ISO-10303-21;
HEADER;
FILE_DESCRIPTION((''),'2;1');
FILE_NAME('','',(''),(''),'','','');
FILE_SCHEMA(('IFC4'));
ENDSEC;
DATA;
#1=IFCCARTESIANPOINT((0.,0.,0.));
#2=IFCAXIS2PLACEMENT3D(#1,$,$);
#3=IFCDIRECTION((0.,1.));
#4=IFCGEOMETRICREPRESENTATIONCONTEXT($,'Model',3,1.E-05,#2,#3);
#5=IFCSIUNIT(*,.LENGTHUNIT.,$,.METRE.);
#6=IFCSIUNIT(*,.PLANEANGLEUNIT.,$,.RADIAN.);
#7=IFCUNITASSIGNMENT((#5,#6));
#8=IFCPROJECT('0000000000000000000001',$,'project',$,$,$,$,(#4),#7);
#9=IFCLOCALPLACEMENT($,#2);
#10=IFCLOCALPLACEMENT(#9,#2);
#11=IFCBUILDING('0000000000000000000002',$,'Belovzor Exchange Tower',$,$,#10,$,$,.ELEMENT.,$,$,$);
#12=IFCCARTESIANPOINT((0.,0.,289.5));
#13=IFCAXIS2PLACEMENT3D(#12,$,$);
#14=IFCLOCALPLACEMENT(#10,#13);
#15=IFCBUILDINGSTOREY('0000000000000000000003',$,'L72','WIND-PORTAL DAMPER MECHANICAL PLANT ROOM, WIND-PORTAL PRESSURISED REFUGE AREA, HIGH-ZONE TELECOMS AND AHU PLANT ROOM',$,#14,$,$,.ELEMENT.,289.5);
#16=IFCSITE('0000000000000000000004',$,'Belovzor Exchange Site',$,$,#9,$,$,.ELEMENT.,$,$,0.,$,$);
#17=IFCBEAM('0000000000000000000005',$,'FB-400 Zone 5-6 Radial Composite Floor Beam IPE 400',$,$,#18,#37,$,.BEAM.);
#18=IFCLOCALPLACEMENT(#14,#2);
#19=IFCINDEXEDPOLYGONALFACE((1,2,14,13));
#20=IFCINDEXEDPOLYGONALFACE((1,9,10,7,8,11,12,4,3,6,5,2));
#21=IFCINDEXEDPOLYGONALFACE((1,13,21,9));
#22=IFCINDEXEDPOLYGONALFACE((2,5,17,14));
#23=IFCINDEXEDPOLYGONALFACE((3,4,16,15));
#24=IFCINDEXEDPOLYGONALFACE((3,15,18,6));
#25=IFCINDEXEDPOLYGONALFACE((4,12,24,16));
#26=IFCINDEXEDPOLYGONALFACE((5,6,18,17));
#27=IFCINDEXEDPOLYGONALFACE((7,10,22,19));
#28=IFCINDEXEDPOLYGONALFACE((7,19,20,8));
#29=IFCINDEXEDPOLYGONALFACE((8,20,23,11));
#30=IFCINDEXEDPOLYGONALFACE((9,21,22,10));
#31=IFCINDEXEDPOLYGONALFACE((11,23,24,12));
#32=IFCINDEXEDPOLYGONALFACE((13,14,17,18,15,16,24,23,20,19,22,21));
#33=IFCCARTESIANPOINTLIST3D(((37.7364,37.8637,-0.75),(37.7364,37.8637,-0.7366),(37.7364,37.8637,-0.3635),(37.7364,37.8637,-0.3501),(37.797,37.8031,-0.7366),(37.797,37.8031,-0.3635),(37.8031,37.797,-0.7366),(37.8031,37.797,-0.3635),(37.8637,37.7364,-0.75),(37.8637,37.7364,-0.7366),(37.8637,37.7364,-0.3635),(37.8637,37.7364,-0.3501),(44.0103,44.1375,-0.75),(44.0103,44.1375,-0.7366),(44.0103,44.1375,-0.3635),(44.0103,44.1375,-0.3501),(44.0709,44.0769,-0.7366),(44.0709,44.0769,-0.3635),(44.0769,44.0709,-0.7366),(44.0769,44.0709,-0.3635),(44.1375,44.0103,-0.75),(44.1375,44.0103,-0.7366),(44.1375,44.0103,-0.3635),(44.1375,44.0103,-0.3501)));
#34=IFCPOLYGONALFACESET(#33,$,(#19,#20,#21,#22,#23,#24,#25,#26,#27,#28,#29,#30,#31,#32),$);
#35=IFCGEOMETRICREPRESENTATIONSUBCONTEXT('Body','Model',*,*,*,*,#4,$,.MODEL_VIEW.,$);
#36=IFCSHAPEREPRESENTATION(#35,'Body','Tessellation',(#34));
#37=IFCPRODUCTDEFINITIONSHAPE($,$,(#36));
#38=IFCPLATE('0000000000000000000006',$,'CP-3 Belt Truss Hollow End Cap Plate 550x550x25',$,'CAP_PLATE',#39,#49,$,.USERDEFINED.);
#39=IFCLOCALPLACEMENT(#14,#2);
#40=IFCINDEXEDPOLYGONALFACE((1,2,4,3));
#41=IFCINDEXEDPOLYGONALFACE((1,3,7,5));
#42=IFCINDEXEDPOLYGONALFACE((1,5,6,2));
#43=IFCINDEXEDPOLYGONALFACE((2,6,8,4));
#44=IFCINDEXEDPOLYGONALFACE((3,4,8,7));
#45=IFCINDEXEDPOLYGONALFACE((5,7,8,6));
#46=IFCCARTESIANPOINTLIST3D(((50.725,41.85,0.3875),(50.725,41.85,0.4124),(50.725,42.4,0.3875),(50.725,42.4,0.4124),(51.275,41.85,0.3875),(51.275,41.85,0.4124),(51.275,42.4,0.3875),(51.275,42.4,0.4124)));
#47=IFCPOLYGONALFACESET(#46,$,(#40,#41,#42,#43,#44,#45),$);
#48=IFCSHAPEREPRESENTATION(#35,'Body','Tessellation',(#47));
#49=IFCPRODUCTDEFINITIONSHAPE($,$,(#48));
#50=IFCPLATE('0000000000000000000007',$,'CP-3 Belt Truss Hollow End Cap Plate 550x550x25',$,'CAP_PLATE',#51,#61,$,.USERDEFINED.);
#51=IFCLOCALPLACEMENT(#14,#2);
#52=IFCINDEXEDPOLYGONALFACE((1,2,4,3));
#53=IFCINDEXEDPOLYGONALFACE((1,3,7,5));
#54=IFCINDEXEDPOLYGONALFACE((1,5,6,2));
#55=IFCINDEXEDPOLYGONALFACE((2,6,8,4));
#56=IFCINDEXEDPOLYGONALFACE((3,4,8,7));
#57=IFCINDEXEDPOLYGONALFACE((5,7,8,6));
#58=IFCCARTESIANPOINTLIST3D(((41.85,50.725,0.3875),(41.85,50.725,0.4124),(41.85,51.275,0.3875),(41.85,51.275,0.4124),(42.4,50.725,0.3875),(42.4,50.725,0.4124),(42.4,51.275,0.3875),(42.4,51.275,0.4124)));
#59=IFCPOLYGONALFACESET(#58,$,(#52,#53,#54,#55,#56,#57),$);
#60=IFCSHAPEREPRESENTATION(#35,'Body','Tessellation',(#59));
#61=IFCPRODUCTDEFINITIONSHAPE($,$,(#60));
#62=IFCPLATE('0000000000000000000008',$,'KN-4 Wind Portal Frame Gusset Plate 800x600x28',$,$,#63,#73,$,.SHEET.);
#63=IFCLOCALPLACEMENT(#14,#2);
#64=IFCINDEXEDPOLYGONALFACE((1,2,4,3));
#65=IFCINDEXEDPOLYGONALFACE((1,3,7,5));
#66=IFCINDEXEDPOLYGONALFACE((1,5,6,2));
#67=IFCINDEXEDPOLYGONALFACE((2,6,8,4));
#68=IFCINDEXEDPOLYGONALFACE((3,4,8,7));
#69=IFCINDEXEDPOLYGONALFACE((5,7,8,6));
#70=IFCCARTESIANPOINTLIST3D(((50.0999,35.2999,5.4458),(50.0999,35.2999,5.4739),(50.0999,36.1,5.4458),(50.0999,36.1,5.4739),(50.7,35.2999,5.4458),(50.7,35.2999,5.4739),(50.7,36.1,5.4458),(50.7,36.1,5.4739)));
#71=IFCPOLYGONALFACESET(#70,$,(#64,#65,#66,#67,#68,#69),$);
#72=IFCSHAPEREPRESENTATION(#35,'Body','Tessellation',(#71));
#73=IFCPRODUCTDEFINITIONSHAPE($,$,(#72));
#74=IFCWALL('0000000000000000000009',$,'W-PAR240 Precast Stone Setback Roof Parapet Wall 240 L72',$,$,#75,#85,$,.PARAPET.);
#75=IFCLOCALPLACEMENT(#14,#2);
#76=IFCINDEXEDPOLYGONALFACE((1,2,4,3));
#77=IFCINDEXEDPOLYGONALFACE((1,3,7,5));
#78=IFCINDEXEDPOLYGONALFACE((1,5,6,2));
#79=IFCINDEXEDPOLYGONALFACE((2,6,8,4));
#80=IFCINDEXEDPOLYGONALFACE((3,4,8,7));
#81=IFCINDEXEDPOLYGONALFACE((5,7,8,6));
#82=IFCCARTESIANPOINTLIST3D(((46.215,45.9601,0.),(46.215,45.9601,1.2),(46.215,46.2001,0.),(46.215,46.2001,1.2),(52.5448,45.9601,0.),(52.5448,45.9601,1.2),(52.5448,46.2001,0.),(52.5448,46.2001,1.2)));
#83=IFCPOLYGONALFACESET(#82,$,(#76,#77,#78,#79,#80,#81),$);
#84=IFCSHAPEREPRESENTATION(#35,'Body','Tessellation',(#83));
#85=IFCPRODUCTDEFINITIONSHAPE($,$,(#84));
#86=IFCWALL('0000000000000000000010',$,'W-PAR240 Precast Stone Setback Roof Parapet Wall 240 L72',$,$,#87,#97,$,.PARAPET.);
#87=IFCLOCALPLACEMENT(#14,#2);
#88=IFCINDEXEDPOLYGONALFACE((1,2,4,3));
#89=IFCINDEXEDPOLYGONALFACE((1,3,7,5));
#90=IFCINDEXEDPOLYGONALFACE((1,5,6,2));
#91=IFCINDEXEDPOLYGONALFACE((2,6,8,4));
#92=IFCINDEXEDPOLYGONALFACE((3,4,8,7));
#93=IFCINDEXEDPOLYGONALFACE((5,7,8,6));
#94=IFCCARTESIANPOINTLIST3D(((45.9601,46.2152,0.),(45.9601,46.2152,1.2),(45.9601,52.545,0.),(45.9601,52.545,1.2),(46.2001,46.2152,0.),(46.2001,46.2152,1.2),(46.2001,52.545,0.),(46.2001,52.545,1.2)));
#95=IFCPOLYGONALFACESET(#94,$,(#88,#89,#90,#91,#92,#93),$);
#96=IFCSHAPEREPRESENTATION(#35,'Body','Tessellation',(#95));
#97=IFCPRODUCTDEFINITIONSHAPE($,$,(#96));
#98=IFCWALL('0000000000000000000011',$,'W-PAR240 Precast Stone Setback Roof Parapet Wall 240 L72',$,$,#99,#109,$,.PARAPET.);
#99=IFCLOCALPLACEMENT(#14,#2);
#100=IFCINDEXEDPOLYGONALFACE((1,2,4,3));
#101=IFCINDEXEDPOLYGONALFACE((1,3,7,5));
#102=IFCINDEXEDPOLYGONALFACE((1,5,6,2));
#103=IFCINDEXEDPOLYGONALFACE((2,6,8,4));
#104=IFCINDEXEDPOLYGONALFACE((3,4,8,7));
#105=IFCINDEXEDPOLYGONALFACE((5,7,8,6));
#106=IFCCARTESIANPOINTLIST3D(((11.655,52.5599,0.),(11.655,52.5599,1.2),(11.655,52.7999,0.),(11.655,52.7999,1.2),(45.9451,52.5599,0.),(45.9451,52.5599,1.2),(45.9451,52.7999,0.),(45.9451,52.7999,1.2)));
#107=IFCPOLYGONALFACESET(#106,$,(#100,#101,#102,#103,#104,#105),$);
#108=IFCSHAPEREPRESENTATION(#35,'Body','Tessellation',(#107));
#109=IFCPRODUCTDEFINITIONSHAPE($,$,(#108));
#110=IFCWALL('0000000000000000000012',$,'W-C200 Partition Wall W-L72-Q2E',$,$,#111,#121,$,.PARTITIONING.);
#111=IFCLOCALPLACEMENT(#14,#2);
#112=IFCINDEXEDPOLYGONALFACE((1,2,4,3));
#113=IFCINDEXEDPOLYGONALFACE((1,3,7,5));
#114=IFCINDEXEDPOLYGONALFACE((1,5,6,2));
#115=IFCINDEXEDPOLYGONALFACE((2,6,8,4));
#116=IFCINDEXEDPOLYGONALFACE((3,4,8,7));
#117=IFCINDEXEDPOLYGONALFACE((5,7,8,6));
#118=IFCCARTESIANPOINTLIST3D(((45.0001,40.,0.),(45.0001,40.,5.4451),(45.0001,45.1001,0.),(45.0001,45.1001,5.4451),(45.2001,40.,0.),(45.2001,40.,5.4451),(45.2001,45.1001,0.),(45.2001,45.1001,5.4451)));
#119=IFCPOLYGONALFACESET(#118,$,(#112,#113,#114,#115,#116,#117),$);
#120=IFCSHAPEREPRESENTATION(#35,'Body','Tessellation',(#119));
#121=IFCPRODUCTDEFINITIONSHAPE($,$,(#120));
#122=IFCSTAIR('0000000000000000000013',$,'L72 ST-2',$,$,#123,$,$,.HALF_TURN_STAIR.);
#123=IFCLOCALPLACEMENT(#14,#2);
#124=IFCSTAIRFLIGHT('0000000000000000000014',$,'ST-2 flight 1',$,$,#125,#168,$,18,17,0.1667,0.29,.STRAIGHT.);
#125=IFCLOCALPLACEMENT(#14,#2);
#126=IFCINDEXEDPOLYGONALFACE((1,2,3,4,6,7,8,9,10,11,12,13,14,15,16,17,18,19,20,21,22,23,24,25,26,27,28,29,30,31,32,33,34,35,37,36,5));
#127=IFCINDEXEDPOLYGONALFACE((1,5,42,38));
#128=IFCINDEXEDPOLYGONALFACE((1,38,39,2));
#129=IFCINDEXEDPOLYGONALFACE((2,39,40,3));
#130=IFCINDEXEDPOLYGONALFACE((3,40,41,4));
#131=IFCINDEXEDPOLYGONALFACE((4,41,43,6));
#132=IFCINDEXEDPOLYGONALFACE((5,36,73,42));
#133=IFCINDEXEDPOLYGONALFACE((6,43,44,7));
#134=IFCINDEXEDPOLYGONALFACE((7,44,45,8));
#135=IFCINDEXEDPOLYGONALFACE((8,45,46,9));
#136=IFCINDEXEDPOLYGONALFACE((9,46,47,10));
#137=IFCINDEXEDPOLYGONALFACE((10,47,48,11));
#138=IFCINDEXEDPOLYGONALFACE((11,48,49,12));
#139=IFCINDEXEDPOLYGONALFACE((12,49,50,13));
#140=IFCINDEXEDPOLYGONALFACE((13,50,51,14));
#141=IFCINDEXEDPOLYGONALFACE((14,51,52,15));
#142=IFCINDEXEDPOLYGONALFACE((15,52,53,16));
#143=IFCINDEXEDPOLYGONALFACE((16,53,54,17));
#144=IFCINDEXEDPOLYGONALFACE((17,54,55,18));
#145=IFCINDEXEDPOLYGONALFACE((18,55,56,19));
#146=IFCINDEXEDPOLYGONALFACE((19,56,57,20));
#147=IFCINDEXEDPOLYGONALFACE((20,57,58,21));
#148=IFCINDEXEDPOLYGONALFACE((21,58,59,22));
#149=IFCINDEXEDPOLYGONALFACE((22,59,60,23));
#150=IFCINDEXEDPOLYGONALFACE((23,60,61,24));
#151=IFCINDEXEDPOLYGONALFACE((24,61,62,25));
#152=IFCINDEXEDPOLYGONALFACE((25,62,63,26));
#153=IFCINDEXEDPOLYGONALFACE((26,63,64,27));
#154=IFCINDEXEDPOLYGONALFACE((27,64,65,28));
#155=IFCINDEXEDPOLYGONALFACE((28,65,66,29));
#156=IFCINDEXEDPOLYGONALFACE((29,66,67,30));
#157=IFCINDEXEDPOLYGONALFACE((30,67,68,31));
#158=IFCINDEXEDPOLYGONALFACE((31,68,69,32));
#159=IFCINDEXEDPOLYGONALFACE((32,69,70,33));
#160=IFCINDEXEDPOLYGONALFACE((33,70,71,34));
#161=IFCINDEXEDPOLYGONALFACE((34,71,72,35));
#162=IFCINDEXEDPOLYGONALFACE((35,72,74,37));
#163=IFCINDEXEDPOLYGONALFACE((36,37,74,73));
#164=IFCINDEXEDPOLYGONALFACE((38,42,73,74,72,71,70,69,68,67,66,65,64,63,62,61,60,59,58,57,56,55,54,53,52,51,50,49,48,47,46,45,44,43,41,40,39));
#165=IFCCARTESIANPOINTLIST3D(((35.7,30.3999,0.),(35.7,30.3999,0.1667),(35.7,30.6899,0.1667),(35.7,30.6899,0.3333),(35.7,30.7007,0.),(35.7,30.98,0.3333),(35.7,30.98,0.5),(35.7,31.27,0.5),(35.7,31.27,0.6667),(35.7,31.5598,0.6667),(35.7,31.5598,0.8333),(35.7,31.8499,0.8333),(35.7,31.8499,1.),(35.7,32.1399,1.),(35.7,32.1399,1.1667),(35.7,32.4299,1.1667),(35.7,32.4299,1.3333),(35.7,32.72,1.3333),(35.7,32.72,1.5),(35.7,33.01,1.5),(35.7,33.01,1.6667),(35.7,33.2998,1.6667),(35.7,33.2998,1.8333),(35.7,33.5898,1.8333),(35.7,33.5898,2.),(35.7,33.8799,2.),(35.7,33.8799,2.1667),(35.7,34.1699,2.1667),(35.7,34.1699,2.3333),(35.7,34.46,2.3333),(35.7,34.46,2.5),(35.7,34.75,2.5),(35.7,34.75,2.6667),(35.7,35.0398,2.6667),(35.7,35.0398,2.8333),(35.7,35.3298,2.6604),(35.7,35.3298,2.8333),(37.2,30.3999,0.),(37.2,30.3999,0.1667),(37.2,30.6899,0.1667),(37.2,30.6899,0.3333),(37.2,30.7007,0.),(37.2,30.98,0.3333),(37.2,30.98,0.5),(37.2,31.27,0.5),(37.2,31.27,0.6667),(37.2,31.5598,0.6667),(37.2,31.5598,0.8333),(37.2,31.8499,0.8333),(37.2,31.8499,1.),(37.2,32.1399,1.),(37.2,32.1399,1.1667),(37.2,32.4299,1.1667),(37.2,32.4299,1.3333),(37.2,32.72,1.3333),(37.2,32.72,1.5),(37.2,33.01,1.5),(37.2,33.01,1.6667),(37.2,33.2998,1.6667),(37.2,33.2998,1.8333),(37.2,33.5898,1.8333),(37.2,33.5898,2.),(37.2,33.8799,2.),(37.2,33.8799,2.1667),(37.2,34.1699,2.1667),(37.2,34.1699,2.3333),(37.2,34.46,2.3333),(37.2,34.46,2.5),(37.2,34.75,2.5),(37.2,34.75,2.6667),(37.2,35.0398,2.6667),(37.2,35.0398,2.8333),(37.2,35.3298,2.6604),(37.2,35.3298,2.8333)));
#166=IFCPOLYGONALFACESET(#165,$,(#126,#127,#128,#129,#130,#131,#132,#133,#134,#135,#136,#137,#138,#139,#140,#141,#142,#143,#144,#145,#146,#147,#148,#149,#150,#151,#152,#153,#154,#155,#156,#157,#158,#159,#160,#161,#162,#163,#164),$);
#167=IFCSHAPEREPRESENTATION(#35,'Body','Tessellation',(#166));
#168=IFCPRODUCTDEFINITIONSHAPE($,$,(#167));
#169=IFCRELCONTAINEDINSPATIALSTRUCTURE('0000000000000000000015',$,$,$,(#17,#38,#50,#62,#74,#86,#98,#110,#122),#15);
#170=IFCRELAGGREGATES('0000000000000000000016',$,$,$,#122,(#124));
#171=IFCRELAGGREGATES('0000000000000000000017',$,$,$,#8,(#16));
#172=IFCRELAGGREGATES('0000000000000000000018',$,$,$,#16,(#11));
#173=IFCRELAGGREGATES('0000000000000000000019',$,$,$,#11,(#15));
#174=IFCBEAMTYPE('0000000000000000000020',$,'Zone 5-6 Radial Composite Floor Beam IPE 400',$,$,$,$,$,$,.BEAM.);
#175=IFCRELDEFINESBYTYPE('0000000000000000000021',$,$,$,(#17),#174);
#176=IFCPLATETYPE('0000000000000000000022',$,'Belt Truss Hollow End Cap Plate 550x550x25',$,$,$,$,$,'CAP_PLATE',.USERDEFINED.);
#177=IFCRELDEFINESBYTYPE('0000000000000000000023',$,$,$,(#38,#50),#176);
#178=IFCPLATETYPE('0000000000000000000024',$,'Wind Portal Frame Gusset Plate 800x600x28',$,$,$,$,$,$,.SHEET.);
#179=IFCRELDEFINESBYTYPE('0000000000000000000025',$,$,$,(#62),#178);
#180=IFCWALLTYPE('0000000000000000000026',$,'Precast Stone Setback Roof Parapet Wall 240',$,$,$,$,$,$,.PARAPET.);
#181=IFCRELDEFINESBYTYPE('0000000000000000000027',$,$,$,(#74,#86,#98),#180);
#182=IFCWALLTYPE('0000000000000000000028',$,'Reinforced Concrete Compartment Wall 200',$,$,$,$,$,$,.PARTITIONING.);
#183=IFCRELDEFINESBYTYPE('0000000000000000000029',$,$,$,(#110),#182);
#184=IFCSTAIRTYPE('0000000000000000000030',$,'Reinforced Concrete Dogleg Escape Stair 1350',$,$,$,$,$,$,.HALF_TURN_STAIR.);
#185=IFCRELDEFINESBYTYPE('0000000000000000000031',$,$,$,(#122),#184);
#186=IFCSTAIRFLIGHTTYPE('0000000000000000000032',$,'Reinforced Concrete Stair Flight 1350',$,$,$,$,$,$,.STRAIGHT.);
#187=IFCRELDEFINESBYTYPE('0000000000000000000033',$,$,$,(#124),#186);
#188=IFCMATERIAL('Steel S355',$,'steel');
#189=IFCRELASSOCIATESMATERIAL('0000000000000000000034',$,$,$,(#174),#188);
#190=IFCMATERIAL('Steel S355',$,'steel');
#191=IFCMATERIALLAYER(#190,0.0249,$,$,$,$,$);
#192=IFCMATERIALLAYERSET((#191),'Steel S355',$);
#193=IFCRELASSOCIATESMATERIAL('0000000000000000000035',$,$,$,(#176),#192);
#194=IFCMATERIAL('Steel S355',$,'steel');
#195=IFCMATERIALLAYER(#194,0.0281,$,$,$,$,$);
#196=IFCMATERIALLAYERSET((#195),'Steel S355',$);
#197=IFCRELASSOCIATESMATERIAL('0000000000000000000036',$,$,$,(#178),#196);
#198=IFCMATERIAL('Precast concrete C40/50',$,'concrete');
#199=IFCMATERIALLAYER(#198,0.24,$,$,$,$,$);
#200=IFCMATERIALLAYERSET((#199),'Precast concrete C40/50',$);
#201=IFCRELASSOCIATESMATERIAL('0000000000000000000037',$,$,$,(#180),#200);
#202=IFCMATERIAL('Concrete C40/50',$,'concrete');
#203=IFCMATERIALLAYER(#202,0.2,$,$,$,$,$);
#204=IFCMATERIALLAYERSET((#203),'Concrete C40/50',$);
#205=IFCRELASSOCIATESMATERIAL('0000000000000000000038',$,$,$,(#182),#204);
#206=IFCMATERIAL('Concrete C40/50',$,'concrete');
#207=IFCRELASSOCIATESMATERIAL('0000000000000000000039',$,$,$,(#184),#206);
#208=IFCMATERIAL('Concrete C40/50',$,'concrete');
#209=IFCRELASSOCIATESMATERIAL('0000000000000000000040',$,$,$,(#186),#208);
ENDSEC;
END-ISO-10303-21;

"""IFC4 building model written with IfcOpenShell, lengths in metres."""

from ifc_helpers import new_model, si_unit, direction, frame, frame_2d, origin, origin_2d, place, context, subcontext, project, spatial, polyline, rectangle, i_section, outline, extrude, material, layer, layer_set, material_profile, profile_set, type_object, element, aggregate, save


model = new_model("IFC4")

# Units and contexts
model_context = context("Model", 3, precision=1e-05, world=origin(), true_north=direction((0.0, 1.0)))
body_context = subcontext(model_context, "Body", "Model", "MODEL_VIEW")
ifc_project = project(units=[si_unit("LENGTHUNIT", "METRE"), si_unit("PLANEANGLEUNIT", "RADIAN")], contexts=[model_context])

# Site, building, storey
site_placement = place(None, origin())
site = spatial("IfcSite", under=ifc_project, at=site_placement, Name="Belovzor Exchange Site", CompositionType="ELEMENT", RefElevation=0.0)
building_placement = place(site_placement, origin())
building = spatial("IfcBuilding", under=site, at=building_placement, Name="Belovzor Exchange Tower", CompositionType="ELEMENT")
storey_placement = place(building_placement, frame((0.0, 0.0, 289.5)))
storey = spatial("IfcBuildingStorey", under=building, at=storey_placement, Name="L72", Description="WIND-PORTAL DAMPER MECHANICAL PLANT ROOM, WIND-PORTAL PRESSURISED REFUGE AREA, HIGH-ZONE TELECOMS AND AHU PLANT ROOM", CompositionType="ELEMENT", Elevation=289.5)

# Beam
ifc_material_1 = material(Name="Steel S355", Category="steel")
ifc_material_profile_1 = material_profile(ifc_material_1, i_section(OverallWidth=0.1799, OverallDepth=0.3999, WebThickness=0.0085, FlangeThickness=0.0134, at=origin_2d()))
ifc_profile_set_1 = profile_set([ifc_material_profile_1], Name="Steel S355")
beam_type_1 = type_object("IfcBeamType", Name="Zone 5-6 Radial Composite Floor Beam IPE 400", PredefinedType="BEAM", material=ifc_profile_set_1)
beam_1_placement = place(storey_placement, frame((37.8, 37.8, -0.55), z_axis=(0.707107, 0.707107, 0.0), x_axis=(-0.707107, 0.707107, 0.0)))
element("IfcBeam", 1, at=beam_1_placement, inside=storey, type_object=beam_type_1, Name="FB-400 Zone 5-6 Radial Composite Floor Beam IPE 400", PredefinedType="BEAM", context=body_context, shape_type="SweptSolid", body=[
    extrude(i_section(OverallWidth=0.1799, OverallDepth=0.3999, WebThickness=0.0085, FlangeThickness=0.0134, at=origin_2d()), origin(), (0.0, 0.0, 1.0), 8.8726),
])

# Plates
ifc_material_2 = material(Name="Steel S355", Category="steel")
ifc_layer_1 = layer(ifc_material_2, 0.0249)
ifc_layer_set_1 = layer_set([ifc_layer_1], Name="Steel S355")
plate_type_1 = type_object("IfcPlateType", Name="Belt Truss Hollow End Cap Plate 550x550x25", ElementType="CAP_PLATE", PredefinedType="USERDEFINED", material=ifc_layer_set_1)
for number, where, z_axis, x_axis, name in (
    (2, (51.0, 42.125, 0.3875), (0.0, 0.0, 1.0), (0.0, 1.0, 0.0), "CP-3 Belt Truss Hollow End Cap Plate 550x550x25"),
    (3, (42.125, 51.0, 0.3875), (0.0, 0.0, 1.0), (1.0, 0.0, 0.0), "CP-3 Belt Truss Hollow End Cap Plate 550x550x25"),
):
    element("IfcPlate", number, at=place(storey_placement, frame(where, z_axis=z_axis, x_axis=x_axis)), inside=storey, type_object=plate_type_1, Name=name, ObjectType="CAP_PLATE", PredefinedType="USERDEFINED", context=body_context, shape_type="SweptSolid", body=[
        extrude(rectangle(XDim=0.55, YDim=0.55, at=origin_2d()), origin(), (0.0, 0.0, 1.0), 0.0249),
    ])
ifc_material_3 = material(Name="Steel S355", Category="steel")
ifc_layer_2 = layer(ifc_material_3, 0.0281)
ifc_layer_set_2 = layer_set([ifc_layer_2], Name="Steel S355")
plate_type_2 = type_object("IfcPlateType", Name="Wind Portal Frame Gusset Plate 800x600x28", PredefinedType="SHEET", material=ifc_layer_set_2)
plate_placement = place(storey_placement, frame((50.3999, 35.7, 5.4458), z_axis=(0.0, 0.0, 1.0), x_axis=(0.0, 1.0, 0.0)))
element("IfcPlate", 4, at=plate_placement, inside=storey, type_object=plate_type_2, Name="KN-4 Wind Portal Frame Gusset Plate 800x600x28", PredefinedType="SHEET", context=body_context, shape_type="SweptSolid", body=[
    extrude(rectangle(XDim=0.8, YDim=0.6001, at=origin_2d()), origin(), (0.0, 0.0, 1.0), 0.0281),
])

# Walls
ifc_material_4 = material(Name="Precast concrete C40/50", Category="concrete")
ifc_layer_3 = layer(ifc_material_4, 0.24)
ifc_layer_set_3 = layer_set([ifc_layer_3], Name="Precast concrete C40/50")
wall_type_1 = type_object("IfcWallType", Name="Precast Stone Setback Roof Parapet Wall 240", PredefinedType="PARAPET", material=ifc_layer_set_3)
for number, where, z_axis, x_axis, name in (
    (5, (52.5449, 46.0801, 0.0), (0.0, 0.0, 1.0), (-1.0, 0.0, 0.0), "W-PAR240 Precast Stone Setback Roof Parapet Wall 240 L72"),
    (6, (46.0801, 46.2151, 0.0), (0.0, 0.0, 1.0), (0.0, 1.0, 0.0), "W-PAR240 Precast Stone Setback Roof Parapet Wall 240 L72"),
):
    element("IfcWall", number, at=place(storey_placement, frame(where, z_axis=z_axis, x_axis=x_axis)), inside=storey, type_object=wall_type_1, Name=name, PredefinedType="PARAPET", context=body_context, shape_type="SweptSolid", body=[
        extrude(rectangle(XDim=6.3298, YDim=0.24, at=frame_2d((3.165, 0.0))), origin(), (0.0, 0.0, 1.0), 1.2),
    ])
wall_1_placement = place(storey_placement, frame((45.9451, 52.6799, 0.0), z_axis=(0.0, 0.0, 1.0), x_axis=(-1.0, 0.0, 0.0)))
element("IfcWall", 7, at=wall_1_placement, inside=storey, type_object=wall_type_1, Name="W-PAR240 Precast Stone Setback Roof Parapet Wall 240 L72", PredefinedType="PARAPET", context=body_context, shape_type="SweptSolid", body=[
    extrude(rectangle(XDim=34.29, YDim=0.24, at=frame_2d((17.145, 0.0))), origin(), (0.0, 0.0, 1.0), 1.2),
])
ifc_material_5 = material(Name="Concrete C40/50", Category="concrete")
ifc_layer_4 = layer(ifc_material_5, 0.2)
ifc_layer_set_4 = layer_set([ifc_layer_4], Name="Concrete C40/50")
wall_type_2 = type_object("IfcWallType", Name="Reinforced Concrete Compartment Wall 200", PredefinedType="PARTITIONING", material=ifc_layer_set_4)
wall_2_placement = place(storey_placement, frame((45.1001, 40.0, 0.0), z_axis=(0.0, 0.0, 1.0), x_axis=(0.0, 1.0, 0.0)))
element("IfcWall", 8, at=wall_2_placement, inside=storey, type_object=wall_type_2, Name="W-C200 Partition Wall W-L72-Q2E", PredefinedType="PARTITIONING", context=body_context, shape_type="SweptSolid", body=[
    extrude(rectangle(XDim=5.1001, YDim=0.2, at=frame_2d((2.55, 0.0))), origin(), (0.0, 0.0, 1.0), 5.4451),
])

# Stair, stair flight
ifc_material_6 = material(Name="Concrete C40/50", Category="concrete")
stair_type = type_object("IfcStairType", Name="Reinforced Concrete Dogleg Escape Stair 1350", PredefinedType="HALF_TURN_STAIR", material=ifc_material_6)
stair_placement = place(storey_placement, origin())
stair = element("IfcStair", 9, at=stair_placement, inside=storey, type_object=stair_type, Name="L72 ST-2", PredefinedType="HALF_TURN_STAIR")
ifc_material_7 = material(Name="Concrete C40/50", Category="concrete")
stair_flight_type = type_object("IfcStairFlightType", Name="Reinforced Concrete Stair Flight 1350", PredefinedType="STRAIGHT", material=ifc_material_7)
stair_flight_placement = place(storey_placement, frame((36.45, 30.3999, 0.0), z_axis=(0.0, 0.0, 1.0), x_axis=(0.0, 1.0, 0.0)))
stair_flight = element("IfcStairFlight", 10, at=stair_flight_placement, type_object=stair_flight_type, Name="ST-2 flight 1", NumberOfRisers=18, NumberOfTreads=17, PredefinedType="STRAIGHT", RiserHeight=0.1667, TreadLength=0.29, context=body_context, shape_type="SweptSolid", body=[
    extrude(outline(polyline([(0.0, 0.0), (0.0, 0.1667), (0.29, 0.1667), (0.29, 0.3333), (0.5801, 0.3333), (0.5801, 0.5), (0.8701, 0.5), (0.8701, 0.6667), (1.1599, 0.6667), (1.1599, 0.8333), (1.45, 0.8333), (1.45, 1.0), (1.74, 1.0), (1.74, 1.1667), (2.03, 1.1667), (2.03, 1.3333), (2.3201, 1.3333), (2.3201, 1.5), (2.6101, 1.5), (2.6101, 1.6667), (2.8999, 1.6667), (2.8999, 1.8333), (3.1899, 1.8333), (3.1899, 2.0), (3.48, 2.0), (3.48, 2.1667), (3.77, 2.1667), (3.77, 2.3333), (4.0601, 2.3333), (4.0601, 2.5), (4.3501, 2.5), (4.3501, 2.6667), (4.6399, 2.6667), (4.6399, 2.8333), (4.9299, 2.8333), (4.9299, 3.0), (4.9299, 2.6604), (0.3008, 0.0), (0.0, 0.0)])), frame((0.0, 0.75, 0.0), z_axis=(0.0, -1.0, 0.0), x_axis=(1.0, 0.0, 0.0)), (0.0, 0.0, 1.0), 1.5),
])
aggregate(stair, [stair_flight])

save(model, "model.ifc")
